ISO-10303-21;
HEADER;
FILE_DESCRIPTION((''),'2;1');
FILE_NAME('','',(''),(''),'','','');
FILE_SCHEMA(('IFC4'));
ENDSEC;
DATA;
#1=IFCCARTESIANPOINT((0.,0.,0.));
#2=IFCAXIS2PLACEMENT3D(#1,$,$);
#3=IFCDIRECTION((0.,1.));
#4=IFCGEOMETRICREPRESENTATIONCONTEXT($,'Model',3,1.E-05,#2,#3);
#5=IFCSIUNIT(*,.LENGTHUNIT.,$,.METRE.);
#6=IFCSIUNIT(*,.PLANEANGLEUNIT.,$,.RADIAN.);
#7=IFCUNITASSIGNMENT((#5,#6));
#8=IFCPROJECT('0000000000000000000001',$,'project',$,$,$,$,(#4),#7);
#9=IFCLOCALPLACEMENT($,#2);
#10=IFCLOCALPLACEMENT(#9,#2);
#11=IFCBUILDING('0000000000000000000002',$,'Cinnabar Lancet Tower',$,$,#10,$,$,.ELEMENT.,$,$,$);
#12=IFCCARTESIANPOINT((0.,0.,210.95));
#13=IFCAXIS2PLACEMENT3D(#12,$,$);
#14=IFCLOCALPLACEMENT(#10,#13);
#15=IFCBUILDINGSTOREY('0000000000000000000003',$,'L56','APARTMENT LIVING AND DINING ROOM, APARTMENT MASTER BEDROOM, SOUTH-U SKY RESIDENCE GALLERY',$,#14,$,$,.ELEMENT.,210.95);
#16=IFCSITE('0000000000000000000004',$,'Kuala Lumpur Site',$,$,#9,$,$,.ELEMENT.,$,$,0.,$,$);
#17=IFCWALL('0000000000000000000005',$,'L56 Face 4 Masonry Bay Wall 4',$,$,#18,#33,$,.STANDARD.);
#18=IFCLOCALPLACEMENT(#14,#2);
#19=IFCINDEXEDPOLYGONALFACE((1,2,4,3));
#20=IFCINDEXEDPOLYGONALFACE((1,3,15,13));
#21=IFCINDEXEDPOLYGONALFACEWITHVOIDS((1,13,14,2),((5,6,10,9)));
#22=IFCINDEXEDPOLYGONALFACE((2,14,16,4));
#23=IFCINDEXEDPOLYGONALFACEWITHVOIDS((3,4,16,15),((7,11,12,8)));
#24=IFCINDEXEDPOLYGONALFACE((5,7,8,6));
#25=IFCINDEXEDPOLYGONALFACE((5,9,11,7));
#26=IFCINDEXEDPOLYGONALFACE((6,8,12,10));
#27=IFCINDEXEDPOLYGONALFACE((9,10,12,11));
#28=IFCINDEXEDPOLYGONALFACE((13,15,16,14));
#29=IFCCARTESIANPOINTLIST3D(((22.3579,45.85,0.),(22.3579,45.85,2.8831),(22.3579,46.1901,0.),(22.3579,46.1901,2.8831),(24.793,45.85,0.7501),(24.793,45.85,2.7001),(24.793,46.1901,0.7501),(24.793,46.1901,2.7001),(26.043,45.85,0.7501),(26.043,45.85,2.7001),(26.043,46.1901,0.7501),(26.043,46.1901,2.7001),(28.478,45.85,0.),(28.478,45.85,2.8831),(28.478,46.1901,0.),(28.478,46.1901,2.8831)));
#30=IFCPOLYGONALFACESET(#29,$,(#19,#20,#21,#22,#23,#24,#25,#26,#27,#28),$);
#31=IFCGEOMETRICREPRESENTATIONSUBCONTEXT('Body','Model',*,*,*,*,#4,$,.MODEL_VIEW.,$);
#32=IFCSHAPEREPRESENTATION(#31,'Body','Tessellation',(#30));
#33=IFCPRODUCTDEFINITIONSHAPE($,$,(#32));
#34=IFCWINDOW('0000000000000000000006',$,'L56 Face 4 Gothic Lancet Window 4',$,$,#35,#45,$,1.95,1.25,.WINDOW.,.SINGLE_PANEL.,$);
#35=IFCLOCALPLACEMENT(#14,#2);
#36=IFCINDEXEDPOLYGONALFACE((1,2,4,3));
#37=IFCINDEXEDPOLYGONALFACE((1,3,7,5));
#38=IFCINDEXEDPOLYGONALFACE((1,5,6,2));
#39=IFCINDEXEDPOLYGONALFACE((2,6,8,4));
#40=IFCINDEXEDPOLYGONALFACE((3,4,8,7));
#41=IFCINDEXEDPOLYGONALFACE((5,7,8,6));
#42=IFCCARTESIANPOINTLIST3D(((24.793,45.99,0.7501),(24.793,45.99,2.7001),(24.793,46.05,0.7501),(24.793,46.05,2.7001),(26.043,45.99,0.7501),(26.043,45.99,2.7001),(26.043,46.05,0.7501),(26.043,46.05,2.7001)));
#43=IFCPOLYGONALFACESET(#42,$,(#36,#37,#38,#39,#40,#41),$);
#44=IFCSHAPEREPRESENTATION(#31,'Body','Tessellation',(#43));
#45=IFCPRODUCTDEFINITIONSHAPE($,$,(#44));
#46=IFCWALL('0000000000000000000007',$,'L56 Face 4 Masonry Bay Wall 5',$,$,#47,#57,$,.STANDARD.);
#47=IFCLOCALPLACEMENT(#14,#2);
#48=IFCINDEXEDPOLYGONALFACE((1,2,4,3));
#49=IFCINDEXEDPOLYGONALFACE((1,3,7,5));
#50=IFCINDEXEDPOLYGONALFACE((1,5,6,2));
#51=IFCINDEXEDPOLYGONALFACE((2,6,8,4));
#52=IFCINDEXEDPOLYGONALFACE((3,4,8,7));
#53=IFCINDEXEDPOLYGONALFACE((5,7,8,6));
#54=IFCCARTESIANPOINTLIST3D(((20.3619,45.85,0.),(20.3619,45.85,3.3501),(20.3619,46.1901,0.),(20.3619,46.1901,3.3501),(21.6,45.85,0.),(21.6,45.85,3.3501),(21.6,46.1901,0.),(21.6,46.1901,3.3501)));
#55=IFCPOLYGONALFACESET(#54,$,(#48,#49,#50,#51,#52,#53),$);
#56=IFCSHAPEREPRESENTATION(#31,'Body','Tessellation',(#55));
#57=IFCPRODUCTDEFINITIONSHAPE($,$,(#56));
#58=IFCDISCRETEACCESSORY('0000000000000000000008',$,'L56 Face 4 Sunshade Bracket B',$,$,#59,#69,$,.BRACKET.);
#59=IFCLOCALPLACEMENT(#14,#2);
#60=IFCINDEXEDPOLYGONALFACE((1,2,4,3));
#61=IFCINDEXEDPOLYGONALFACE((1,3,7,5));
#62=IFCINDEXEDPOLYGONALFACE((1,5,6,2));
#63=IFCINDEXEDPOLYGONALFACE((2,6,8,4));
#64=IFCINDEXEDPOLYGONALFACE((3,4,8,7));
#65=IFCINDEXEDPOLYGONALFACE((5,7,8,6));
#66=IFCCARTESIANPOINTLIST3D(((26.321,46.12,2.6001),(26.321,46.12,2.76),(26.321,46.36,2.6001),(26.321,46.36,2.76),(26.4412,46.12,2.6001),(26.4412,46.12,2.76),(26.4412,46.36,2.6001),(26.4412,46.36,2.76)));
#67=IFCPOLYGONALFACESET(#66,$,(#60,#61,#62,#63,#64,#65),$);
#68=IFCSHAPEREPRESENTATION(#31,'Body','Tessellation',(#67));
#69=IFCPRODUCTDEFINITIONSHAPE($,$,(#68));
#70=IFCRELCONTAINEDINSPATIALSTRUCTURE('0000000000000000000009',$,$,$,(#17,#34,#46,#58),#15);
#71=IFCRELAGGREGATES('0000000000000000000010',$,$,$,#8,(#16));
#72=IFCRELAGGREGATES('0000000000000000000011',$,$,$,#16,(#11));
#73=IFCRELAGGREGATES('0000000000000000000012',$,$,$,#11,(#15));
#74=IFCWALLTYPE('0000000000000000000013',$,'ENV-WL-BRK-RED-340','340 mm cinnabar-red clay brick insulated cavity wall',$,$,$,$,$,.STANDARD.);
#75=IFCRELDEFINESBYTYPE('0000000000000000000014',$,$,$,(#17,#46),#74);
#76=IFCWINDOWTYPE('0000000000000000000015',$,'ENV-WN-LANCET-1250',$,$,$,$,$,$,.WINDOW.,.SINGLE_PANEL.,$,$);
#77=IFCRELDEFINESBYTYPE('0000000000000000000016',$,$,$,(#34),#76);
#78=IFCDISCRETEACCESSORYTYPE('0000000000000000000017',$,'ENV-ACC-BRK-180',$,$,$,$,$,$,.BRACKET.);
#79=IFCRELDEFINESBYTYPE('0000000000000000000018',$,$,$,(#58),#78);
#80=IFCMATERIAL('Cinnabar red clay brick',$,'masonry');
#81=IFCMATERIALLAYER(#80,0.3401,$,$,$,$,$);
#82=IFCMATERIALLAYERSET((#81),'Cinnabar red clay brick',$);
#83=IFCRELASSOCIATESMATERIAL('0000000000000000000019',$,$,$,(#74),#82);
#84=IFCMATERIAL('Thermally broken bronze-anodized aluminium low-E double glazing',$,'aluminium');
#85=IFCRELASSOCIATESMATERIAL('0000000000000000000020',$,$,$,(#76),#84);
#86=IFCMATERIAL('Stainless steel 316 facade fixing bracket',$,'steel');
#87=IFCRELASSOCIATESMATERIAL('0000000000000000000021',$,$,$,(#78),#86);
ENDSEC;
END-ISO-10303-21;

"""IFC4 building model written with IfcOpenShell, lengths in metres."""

from ifc_helpers import new_model, si_unit, direction, frame, frame_2d, origin, origin_2d, place, context, subcontext, project, spatial, rectangle, extrude, material, layer, layer_set, type_object, element, fill, save


model = new_model("IFC4")

# Units and contexts
model_context = context("Model", 3, precision=1e-05, world=origin(), true_north=direction((0.0, 1.0)))
body_context = subcontext(model_context, "Body", "Model", "MODEL_VIEW")
ifc_project = project(units=[si_unit("LENGTHUNIT", "METRE"), si_unit("PLANEANGLEUNIT", "RADIAN")], contexts=[model_context])

# Site, building, storey
site_placement = place(None, origin())
site = spatial("IfcSite", under=ifc_project, at=site_placement, Name="Kuala Lumpur Site", CompositionType="ELEMENT", RefElevation=0.0)
building_placement = place(site_placement, origin())
building = spatial("IfcBuilding", under=site, at=building_placement, Name="Cinnabar Lancet Tower", CompositionType="ELEMENT")
storey_placement = place(building_placement, frame((0.0, 0.0, 210.95)))
storey = spatial("IfcBuildingStorey", under=building, at=storey_placement, Name="L56", Description="APARTMENT LIVING AND DINING ROOM, APARTMENT MASTER BEDROOM, SOUTH-U SKY RESIDENCE GALLERY", CompositionType="ELEMENT", Elevation=210.95)

# Shared definitions
ifc_material_1 = material(Name="Cinnabar red clay brick", Category="masonry")
ifc_layer_1 = layer(ifc_material_1, 0.3401)
ifc_layer_set_1 = layer_set([ifc_layer_1], Name="Cinnabar red clay brick")
wall_type_1 = type_object("IfcWallType", Name="ENV-WL-BRK-RED-340", Description="340 mm cinnabar-red clay brick insulated cavity wall", PredefinedType="STANDARD", material=ifc_layer_set_1)

# Wall, opening, window
wall_1_placement = place(storey_placement, frame((28.478, 46.02, 0.0), z_axis=(0.0, 0.0, 1.0), x_axis=(-1.0, 0.0, 0.0)))
wall_1 = element("IfcWall", 1, at=wall_1_placement, inside=storey, type_object=wall_type_1, Name="L56 Face 4 Masonry Bay Wall 4", PredefinedType="STANDARD", context=body_context, shape_type="SweptSolid", body=[
    extrude(rectangle(XDim=6.1201, YDim=0.3401, at=frame_2d((3.0601, 0.0))), origin(), (0.0, 0.0, 1.0), 2.8831),
])
opening_1_placement = place(wall_1_placement, frame((2.4351, 0.0, 0.75)))
opening_1 = element("IfcOpeningElement", 2, at=opening_1_placement, cuts=wall_1, PredefinedType="OPENING", context=body_context, shape_type="SweptSolid", body=[
    extrude(rectangle(XDim=1.25, YDim=1.95, at=frame_2d((0.625, 0.9751))), frame((0.0, 0.1799, 0.0), z_axis=(0.0, -1.0, 0.0), x_axis=(1.0, 0.0, 0.0)), (0.0, 0.0, 1.0), 0.3601),
])
ifc_material_2 = material(Name="Thermally broken bronze-anodized aluminium low-E double glazing", Category="aluminium")
window_type = type_object("IfcWindowType", Name="ENV-WN-LANCET-1250", PartitioningType="SINGLE_PANEL", PredefinedType="WINDOW", material=ifc_material_2)
window_placement = place(opening_1_placement, origin())
window = element("IfcWindow", 3, at=window_placement, inside=storey, type_object=window_type, Name="L56 Face 4 Gothic Lancet Window 4", OverallHeight=1.95, OverallWidth=1.25, PartitioningType="SINGLE_PANEL", PredefinedType="WINDOW", context=body_context, shape_type="SweptSolid", body=[
    extrude(rectangle(XDim=1.25, YDim=1.95, at=frame_2d((0.625, 0.9751))), frame((0.0, 0.03, 0.0), z_axis=(0.0, -1.0, 0.0), x_axis=(1.0, 0.0, 0.0)), (0.0, 0.0, 1.0), 0.0601),
])
fill(opening_1, window)

# Wall
wall_2_placement = place(storey_placement, frame((21.6001, 46.02, 0.0), z_axis=(0.0, 0.0, 1.0), x_axis=(-1.0, 0.0, 0.0)))
element("IfcWall", 4, at=wall_2_placement, inside=storey, type_object=wall_type_1, Name="L56 Face 4 Masonry Bay Wall 5", PredefinedType="STANDARD", context=body_context, shape_type="SweptSolid", body=[
    extrude(rectangle(XDim=1.238, YDim=0.3401, at=frame_2d((0.6191, 0.0))), origin(), (0.0, 0.0, 1.0), 3.3501),
])

# Discrete accessory
ifc_material_3 = material(Name="Stainless steel 316 facade fixing bracket", Category="steel")
discrete_accessory_type = type_object("IfcDiscreteAccessoryType", Name="ENV-ACC-BRK-180", PredefinedType="BRACKET", material=ifc_material_3)
discrete_accessory_placement = place(storey_placement, frame((26.3811, 46.24, 2.6001), z_axis=(0.0, 0.0, 1.0), x_axis=(-1.0, 0.0, 0.0)))
element("IfcDiscreteAccessory", 5, at=discrete_accessory_placement, inside=storey, type_object=discrete_accessory_type, Name="L56 Face 4 Sunshade Bracket B", PredefinedType="BRACKET", context=body_context, shape_type="SweptSolid", body=[
    extrude(rectangle(XDim=0.1201, YDim=0.24, at=origin_2d()), origin(), (0.0, 0.0, 1.0), 0.1599),
])

save(model, "model.ifc")
